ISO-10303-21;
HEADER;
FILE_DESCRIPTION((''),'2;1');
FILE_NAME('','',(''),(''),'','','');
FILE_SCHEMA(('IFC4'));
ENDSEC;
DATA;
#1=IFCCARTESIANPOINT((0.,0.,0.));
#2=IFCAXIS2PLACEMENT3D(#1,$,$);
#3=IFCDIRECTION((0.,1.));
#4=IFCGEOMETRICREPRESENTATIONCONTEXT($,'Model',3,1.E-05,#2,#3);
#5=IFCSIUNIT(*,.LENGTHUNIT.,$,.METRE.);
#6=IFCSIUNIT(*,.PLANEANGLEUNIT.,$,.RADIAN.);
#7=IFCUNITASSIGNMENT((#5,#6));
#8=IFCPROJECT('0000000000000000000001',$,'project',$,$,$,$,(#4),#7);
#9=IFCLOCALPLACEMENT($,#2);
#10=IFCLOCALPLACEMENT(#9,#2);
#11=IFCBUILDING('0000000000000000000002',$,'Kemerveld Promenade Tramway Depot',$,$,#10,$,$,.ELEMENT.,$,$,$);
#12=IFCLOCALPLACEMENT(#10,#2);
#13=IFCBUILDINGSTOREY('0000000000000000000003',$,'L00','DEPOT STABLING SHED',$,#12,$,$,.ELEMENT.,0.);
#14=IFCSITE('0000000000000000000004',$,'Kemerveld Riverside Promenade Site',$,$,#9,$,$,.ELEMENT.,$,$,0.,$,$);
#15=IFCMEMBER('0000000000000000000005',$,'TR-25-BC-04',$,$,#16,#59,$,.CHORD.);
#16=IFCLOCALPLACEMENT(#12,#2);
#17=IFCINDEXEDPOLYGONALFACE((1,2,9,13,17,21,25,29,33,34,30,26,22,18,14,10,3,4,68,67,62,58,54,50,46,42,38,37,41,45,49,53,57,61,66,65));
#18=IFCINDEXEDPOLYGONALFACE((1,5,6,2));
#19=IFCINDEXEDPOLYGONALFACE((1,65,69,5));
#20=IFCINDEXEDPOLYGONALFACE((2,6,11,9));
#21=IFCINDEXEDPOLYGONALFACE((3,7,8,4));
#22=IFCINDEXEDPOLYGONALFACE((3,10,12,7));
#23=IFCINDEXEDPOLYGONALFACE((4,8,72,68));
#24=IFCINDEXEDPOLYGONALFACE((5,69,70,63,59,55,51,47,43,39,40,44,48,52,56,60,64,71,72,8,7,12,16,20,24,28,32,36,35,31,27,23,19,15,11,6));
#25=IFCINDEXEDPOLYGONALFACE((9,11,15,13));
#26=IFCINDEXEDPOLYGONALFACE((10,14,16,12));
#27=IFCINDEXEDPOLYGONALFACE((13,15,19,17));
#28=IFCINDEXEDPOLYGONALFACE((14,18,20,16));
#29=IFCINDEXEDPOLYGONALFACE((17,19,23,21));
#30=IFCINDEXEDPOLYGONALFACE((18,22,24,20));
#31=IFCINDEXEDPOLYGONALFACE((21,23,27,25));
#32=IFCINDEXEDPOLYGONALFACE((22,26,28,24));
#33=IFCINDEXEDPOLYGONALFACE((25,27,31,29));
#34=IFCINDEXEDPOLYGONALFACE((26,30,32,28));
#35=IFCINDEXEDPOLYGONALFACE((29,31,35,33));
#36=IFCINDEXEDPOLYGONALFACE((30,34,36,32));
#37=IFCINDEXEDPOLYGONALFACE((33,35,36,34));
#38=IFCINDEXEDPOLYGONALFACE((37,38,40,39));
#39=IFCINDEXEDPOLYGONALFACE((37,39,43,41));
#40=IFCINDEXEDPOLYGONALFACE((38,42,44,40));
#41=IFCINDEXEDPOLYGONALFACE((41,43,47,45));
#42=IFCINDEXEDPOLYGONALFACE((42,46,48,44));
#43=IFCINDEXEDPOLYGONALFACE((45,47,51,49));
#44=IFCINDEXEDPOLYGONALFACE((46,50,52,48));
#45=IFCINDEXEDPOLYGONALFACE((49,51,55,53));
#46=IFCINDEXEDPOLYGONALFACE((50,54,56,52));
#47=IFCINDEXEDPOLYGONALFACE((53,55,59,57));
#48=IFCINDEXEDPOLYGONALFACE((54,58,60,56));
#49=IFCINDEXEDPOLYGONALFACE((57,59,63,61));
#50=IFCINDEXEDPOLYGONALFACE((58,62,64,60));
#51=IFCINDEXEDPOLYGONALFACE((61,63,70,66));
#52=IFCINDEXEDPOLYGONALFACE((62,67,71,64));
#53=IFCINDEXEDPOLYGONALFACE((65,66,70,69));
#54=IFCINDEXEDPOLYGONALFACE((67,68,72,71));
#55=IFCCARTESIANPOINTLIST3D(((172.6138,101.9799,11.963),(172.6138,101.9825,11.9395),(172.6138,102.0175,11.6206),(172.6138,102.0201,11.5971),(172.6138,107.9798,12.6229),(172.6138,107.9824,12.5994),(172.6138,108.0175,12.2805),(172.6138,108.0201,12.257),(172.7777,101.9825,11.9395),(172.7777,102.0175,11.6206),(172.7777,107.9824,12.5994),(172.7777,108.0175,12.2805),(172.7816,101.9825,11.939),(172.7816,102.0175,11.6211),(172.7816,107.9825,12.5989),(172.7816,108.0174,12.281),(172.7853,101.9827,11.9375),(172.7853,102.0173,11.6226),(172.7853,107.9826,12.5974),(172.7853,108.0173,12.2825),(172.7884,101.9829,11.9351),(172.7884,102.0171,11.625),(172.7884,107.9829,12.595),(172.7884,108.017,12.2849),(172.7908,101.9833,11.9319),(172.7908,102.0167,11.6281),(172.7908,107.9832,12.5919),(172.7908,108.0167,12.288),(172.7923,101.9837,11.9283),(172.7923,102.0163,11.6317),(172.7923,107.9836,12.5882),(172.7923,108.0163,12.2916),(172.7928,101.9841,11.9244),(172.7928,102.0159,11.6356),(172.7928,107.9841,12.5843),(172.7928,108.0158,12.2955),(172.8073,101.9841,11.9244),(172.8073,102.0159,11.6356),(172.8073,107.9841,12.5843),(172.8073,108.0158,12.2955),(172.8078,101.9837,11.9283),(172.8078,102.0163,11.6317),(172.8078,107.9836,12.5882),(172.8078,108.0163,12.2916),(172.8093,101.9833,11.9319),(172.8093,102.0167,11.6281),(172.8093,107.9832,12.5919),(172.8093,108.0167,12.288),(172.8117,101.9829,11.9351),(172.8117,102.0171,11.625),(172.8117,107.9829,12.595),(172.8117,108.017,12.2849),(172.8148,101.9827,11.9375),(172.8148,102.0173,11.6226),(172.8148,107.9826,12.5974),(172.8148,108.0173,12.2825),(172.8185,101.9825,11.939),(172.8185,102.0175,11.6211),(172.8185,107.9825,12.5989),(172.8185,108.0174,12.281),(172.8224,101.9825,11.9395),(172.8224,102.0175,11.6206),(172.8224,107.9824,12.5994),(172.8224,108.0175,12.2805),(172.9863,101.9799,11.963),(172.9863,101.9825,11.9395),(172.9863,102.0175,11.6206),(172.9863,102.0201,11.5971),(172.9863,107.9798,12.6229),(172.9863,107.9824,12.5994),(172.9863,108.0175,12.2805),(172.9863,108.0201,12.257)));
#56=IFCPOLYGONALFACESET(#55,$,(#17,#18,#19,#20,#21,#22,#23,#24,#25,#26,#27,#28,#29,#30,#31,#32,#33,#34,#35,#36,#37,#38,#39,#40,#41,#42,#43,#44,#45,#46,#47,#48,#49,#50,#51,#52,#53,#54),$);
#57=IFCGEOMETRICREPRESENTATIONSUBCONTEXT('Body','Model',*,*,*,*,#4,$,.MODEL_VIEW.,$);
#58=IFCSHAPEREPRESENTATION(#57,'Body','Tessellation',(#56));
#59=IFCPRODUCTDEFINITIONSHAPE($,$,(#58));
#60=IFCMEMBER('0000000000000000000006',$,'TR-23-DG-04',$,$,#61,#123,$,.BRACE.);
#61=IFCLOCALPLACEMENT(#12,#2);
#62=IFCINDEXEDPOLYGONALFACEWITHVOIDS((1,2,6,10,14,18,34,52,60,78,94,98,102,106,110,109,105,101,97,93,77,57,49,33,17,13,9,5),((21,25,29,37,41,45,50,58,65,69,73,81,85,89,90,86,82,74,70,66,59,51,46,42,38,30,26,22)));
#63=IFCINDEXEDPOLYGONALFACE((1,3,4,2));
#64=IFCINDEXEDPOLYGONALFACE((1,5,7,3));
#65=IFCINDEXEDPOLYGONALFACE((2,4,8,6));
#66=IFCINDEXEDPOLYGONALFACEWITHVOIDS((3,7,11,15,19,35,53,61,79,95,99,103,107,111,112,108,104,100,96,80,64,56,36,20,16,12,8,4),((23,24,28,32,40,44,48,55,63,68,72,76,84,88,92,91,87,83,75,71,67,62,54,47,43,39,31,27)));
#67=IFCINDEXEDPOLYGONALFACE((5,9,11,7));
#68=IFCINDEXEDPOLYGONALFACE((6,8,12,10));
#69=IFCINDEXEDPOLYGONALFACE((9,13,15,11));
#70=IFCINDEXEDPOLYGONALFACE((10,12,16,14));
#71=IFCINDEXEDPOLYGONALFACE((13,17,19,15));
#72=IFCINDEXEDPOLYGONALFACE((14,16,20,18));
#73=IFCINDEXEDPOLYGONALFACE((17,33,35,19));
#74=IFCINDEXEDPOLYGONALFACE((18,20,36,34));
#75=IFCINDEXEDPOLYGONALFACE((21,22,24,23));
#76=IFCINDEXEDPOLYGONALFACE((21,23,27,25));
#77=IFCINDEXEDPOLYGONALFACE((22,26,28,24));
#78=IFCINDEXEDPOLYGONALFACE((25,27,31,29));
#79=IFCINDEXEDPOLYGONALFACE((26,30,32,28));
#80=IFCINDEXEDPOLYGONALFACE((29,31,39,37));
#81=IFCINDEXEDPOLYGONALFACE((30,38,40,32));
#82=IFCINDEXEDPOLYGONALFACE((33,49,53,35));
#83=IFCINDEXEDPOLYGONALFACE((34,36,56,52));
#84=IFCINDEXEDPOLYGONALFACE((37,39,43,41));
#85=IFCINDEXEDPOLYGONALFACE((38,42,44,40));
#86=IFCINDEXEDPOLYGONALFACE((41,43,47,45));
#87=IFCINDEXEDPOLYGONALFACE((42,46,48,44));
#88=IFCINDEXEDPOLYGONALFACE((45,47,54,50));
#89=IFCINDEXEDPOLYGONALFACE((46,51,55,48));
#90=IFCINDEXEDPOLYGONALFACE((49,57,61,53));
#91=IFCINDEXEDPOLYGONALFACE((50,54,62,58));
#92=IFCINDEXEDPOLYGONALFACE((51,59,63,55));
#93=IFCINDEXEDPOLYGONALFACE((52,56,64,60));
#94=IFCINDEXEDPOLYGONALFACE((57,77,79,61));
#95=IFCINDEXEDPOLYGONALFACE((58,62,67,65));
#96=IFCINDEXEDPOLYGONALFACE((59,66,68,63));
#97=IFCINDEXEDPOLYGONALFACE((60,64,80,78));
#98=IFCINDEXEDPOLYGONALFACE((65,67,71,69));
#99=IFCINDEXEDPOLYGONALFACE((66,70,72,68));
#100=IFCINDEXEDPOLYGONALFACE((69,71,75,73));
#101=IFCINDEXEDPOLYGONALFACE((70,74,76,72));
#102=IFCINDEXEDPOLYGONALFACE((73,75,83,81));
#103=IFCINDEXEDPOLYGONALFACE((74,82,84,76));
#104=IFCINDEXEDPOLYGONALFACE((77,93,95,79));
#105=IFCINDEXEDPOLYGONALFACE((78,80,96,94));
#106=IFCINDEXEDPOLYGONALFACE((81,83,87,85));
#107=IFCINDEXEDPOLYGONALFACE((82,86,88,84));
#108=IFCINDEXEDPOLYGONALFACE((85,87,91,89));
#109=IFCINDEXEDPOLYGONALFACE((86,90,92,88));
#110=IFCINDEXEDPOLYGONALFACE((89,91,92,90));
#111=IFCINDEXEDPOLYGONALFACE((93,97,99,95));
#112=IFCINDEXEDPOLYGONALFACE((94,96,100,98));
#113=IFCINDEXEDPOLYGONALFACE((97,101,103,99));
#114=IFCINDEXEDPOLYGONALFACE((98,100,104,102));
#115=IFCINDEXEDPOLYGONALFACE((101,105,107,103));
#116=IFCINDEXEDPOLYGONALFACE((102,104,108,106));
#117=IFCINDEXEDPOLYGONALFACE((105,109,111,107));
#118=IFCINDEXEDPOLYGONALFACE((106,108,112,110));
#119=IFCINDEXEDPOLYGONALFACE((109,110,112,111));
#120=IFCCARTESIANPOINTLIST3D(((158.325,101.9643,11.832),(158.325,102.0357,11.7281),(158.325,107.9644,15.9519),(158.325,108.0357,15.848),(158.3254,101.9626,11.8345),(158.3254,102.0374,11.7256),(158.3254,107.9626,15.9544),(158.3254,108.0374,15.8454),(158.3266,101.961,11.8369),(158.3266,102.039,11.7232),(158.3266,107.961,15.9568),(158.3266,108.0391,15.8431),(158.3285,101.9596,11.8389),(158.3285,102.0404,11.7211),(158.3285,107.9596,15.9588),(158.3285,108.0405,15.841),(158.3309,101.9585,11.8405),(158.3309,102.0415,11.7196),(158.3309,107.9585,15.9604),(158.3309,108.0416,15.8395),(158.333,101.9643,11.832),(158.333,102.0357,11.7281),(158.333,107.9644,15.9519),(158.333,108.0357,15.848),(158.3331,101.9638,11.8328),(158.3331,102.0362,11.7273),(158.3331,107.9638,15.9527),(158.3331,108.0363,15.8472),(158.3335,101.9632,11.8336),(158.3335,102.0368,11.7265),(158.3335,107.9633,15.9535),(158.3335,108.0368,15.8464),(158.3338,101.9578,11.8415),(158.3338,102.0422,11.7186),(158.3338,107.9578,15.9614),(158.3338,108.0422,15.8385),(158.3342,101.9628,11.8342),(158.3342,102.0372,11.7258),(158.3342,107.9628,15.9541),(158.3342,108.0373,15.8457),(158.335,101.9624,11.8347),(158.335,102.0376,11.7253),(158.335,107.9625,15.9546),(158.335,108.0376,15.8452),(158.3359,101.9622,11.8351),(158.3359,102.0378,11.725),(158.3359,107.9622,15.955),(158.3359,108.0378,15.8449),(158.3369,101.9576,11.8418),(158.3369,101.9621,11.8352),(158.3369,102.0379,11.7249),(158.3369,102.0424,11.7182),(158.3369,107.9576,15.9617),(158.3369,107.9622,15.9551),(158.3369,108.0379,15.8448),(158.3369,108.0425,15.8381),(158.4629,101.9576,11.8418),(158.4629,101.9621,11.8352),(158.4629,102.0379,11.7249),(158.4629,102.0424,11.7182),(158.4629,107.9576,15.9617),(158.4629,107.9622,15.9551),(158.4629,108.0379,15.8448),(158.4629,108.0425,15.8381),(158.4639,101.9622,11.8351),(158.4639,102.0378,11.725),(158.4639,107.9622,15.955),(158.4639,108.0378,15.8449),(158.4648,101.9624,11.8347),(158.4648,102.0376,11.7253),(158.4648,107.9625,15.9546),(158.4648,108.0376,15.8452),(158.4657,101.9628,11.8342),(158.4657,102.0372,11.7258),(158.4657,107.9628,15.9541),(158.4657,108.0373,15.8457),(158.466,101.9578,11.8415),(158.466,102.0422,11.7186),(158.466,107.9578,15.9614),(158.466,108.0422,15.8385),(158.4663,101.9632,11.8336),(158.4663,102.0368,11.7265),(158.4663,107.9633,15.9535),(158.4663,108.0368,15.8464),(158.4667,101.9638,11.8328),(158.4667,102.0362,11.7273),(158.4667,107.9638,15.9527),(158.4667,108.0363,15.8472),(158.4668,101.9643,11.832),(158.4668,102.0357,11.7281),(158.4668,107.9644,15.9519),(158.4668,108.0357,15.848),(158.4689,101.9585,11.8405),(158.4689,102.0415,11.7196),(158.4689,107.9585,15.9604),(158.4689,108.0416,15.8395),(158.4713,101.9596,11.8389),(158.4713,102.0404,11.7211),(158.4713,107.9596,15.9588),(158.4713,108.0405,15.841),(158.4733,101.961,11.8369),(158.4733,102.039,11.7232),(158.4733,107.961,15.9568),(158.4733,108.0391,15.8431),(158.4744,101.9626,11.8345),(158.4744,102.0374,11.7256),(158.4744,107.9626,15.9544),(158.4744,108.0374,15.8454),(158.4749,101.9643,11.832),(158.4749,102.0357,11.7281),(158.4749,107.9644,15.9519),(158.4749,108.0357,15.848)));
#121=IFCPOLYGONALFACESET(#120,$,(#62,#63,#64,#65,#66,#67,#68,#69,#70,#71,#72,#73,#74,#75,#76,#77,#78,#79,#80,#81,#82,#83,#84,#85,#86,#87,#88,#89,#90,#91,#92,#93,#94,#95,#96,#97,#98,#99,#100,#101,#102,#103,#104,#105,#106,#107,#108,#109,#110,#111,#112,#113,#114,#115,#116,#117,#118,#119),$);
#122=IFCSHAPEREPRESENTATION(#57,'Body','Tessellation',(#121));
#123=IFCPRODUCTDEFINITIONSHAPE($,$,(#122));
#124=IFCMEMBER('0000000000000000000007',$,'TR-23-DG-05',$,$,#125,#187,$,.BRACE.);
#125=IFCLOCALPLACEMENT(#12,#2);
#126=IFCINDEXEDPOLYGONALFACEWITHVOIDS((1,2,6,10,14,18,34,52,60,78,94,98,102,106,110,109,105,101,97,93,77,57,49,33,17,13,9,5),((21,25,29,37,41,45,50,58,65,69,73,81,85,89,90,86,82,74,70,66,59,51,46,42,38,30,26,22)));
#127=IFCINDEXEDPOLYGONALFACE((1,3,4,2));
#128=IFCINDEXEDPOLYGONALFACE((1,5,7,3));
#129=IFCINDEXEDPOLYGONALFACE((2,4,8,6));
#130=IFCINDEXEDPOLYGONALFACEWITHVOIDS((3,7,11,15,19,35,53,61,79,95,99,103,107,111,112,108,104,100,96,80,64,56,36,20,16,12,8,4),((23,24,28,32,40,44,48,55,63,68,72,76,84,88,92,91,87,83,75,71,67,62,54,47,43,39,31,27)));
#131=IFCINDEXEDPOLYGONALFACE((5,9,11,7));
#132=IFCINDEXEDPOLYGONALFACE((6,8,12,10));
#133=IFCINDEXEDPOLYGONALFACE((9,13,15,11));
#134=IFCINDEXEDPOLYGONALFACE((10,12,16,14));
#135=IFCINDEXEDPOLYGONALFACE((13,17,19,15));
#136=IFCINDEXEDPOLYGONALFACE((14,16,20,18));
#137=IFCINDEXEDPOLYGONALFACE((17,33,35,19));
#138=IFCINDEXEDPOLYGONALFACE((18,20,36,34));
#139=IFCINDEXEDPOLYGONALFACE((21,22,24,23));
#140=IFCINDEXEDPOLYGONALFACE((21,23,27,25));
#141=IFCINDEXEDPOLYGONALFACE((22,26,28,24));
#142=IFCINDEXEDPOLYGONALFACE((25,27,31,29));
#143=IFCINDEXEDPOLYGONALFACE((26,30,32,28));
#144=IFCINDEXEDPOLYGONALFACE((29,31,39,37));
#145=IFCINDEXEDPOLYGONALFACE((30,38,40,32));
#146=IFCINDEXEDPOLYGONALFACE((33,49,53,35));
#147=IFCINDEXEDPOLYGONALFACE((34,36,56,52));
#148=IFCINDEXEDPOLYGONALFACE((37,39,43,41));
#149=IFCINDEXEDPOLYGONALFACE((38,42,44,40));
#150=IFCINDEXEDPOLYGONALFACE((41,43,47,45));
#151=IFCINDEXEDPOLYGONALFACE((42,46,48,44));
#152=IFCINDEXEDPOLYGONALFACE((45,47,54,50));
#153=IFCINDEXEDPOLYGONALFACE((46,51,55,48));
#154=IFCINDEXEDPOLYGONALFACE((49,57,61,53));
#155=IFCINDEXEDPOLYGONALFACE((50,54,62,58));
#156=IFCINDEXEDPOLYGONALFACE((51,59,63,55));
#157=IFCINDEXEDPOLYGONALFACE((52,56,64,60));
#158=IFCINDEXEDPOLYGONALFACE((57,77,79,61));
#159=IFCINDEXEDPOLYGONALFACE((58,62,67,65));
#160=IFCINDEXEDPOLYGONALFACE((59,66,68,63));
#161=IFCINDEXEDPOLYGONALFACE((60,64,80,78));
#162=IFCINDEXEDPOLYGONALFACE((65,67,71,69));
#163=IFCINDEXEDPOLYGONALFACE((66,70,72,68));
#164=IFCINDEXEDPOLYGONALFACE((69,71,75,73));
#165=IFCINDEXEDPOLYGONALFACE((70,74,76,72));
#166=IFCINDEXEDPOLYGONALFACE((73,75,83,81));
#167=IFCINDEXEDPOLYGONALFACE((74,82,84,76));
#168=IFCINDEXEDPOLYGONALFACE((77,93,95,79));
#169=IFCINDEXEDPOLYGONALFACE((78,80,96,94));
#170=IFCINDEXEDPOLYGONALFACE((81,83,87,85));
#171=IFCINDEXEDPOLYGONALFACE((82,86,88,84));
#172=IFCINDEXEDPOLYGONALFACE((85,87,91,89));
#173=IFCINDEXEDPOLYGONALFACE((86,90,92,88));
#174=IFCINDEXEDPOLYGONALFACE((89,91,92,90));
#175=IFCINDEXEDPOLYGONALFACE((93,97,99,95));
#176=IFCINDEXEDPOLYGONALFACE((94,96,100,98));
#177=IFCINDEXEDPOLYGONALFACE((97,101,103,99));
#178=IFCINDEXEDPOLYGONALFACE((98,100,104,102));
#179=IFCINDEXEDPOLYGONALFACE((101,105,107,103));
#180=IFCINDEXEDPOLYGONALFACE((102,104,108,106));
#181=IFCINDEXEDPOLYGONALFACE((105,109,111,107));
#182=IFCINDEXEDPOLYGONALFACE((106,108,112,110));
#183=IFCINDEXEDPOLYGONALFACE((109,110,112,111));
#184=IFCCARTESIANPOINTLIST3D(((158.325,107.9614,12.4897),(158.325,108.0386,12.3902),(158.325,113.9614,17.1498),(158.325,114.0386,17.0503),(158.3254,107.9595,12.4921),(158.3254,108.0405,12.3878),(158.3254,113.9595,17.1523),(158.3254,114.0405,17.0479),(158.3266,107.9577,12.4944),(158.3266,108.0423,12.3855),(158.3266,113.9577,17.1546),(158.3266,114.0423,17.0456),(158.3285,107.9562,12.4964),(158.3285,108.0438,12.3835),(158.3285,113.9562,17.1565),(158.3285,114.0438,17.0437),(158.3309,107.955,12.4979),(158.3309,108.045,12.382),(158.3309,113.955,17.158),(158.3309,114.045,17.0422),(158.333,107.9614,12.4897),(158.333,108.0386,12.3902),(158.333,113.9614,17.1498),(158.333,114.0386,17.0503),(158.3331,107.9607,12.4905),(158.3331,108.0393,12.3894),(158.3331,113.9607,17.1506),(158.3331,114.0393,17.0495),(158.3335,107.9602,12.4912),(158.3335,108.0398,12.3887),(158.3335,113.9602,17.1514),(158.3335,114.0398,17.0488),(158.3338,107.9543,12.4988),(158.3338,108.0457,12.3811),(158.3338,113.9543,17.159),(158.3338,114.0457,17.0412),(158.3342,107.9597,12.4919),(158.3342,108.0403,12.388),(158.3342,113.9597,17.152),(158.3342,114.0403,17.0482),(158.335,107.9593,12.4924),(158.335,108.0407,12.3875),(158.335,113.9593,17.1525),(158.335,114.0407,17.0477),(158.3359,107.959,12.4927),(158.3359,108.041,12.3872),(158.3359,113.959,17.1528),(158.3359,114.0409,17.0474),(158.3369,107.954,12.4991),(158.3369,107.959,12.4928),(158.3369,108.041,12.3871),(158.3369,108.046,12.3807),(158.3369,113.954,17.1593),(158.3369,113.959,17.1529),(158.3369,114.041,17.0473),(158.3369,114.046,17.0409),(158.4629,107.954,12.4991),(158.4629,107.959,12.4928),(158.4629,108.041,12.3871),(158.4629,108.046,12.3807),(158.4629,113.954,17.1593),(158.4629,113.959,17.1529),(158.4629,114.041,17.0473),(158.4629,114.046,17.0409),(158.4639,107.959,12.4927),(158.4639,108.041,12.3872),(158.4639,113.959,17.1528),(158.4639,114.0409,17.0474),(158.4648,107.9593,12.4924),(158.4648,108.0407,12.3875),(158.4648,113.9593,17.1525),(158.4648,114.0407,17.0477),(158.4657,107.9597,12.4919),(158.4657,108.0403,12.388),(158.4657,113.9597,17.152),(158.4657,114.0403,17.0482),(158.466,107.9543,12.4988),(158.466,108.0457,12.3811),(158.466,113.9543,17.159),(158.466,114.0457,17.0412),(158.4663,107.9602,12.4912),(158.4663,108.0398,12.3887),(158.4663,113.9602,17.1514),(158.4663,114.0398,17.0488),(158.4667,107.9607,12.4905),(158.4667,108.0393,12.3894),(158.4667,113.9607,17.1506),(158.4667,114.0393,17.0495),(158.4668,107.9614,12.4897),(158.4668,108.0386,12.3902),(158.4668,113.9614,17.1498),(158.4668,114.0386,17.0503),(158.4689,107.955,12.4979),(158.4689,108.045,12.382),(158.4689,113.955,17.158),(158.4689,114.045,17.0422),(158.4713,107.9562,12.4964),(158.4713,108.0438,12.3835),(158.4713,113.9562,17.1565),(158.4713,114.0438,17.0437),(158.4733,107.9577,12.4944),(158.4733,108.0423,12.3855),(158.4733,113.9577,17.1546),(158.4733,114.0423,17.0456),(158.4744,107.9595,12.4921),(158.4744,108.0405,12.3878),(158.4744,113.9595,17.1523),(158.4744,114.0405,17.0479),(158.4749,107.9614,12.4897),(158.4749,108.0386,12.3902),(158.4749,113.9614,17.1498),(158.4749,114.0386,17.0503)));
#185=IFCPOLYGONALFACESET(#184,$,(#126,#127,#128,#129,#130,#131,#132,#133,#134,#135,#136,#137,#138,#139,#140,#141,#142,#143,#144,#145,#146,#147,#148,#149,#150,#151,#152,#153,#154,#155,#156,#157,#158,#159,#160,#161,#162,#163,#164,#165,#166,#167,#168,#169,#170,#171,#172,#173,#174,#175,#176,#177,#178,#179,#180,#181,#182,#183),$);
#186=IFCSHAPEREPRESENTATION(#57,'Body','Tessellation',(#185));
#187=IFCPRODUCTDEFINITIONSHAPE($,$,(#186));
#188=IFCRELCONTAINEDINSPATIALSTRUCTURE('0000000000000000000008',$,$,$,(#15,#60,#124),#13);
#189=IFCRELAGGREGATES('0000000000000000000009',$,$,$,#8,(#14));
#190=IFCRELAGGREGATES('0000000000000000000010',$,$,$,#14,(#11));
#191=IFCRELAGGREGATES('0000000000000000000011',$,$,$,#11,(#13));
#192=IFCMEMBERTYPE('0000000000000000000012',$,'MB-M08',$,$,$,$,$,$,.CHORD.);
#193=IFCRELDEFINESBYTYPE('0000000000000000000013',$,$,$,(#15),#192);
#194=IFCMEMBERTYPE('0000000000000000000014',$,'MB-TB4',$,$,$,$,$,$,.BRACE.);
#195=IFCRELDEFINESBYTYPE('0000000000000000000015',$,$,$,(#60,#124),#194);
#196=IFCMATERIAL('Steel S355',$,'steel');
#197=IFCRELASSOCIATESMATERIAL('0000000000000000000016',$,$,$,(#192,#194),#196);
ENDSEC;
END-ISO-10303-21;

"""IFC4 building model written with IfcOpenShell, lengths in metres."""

from ifc_helpers import new_model, si_unit, direction, frame, origin, origin_2d, place, context, subcontext, project, spatial, hollow_rectangle, i_section, extrude, material, material_profile, profile_set, type_object, element, save


model = new_model("IFC4")

# Units and contexts
model_context = context("Model", 3, precision=1e-05, world=origin(), true_north=direction((0.0, 1.0)))
body_context = subcontext(model_context, "Body", "Model", "MODEL_VIEW")
ifc_project = project(units=[si_unit("LENGTHUNIT", "METRE"), si_unit("PLANEANGLEUNIT", "RADIAN")], contexts=[model_context])

# Site, building, storey
site_placement = place(None, origin())
site = spatial("IfcSite", under=ifc_project, at=site_placement, Name="Kemerveld Riverside Promenade Site", CompositionType="ELEMENT", RefElevation=0.0)
building_placement = place(site_placement, origin())
building = spatial("IfcBuilding", under=site, at=building_placement, Name="Kemerveld Promenade Tramway Depot", CompositionType="ELEMENT")
storey_placement = place(building_placement, origin())
storey = spatial("IfcBuildingStorey", under=building, at=storey_placement, Name="L00", Description="DEPOT STABLING SHED", CompositionType="ELEMENT", Elevation=0.0)

# Members
ifc_material_1 = material(Name="Steel S355", Category="steel")
ifc_material_profile_1 = material_profile(ifc_material_1, i_section(OverallWidth=0.3726, OverallDepth=0.3682, WebThickness=0.0144, FlangeThickness=0.0237, FilletRadius=0.0151, at=origin_2d()), Name="356x368x177 UC")
ifc_profile_set_1 = profile_set([ifc_material_profile_1], Name="Steel S355")
member_type_1 = type_object("IfcMemberType", Name="MB-M08", PredefinedType="CHORD", material=ifc_profile_set_1)
member_1_placement = place(storey_placement, frame((172.8, 102.0, 11.78), z_axis=(0.0, 0.994006, 0.109326), x_axis=(-1.0, 0.0, 0.0)))
element("IfcMember", 1, at=member_1_placement, inside=storey, type_object=member_type_1, Name="TR-25-BC-04", PredefinedType="CHORD", context=body_context, shape_type="SweptSolid", body=[
    extrude(i_section(OverallWidth=0.3726, OverallDepth=0.3682, WebThickness=0.0144, FlangeThickness=0.0237, FilletRadius=0.0151, at=origin_2d()), origin(), (0.0, 0.0, 1.0), 6.0361),
])
ifc_material_profile_2 = material_profile(ifc_material_1, hollow_rectangle(XDim=0.1499, YDim=0.1499, WallThickness=0.0081, InnerFilletRadius=0.0039, OuterFilletRadius=0.012, at=origin_2d()), Name="150x150x8.0 SHS")
ifc_profile_set_2 = profile_set([ifc_material_profile_2], Name="Steel S355")
member_type_2 = type_object("IfcMemberType", Name="MB-TB4", PredefinedType="BRACE", material=ifc_profile_set_2)
member_2_placement = place(storey_placement, frame((158.3999, 102.0, 11.78), z_axis=(0.0, 0.824371, 0.56605), x_axis=(-1.0, 0.0, 0.0)))
element("IfcMember", 2, at=member_2_placement, inside=storey, type_object=member_type_2, Name="TR-23-DG-04", PredefinedType="BRACE", context=body_context, shape_type="SweptSolid", body=[
    extrude(hollow_rectangle(XDim=0.1499, YDim=0.1499, WallThickness=0.0081, InnerFilletRadius=0.0039, OuterFilletRadius=0.012, at=origin_2d()), origin(), (0.0, 0.0, 1.0), 7.2783),
])
member_3_placement = place(storey_placement, frame((158.3999, 108.0, 12.4399), z_axis=(0.0, 0.789767, 0.613407), x_axis=(-1.0, 0.0, 0.0)))
element("IfcMember", 3, at=member_3_placement, inside=storey, type_object=member_type_2, Name="TR-23-DG-05", PredefinedType="BRACE", context=body_context, shape_type="SweptSolid", body=[
    extrude(hollow_rectangle(XDim=0.1499, YDim=0.1499, WallThickness=0.0081, InnerFilletRadius=0.0039, OuterFilletRadius=0.012, at=origin_2d()), origin(), (0.0, 0.0, 1.0), 7.5972),
])

save(model, "model.ifc")
